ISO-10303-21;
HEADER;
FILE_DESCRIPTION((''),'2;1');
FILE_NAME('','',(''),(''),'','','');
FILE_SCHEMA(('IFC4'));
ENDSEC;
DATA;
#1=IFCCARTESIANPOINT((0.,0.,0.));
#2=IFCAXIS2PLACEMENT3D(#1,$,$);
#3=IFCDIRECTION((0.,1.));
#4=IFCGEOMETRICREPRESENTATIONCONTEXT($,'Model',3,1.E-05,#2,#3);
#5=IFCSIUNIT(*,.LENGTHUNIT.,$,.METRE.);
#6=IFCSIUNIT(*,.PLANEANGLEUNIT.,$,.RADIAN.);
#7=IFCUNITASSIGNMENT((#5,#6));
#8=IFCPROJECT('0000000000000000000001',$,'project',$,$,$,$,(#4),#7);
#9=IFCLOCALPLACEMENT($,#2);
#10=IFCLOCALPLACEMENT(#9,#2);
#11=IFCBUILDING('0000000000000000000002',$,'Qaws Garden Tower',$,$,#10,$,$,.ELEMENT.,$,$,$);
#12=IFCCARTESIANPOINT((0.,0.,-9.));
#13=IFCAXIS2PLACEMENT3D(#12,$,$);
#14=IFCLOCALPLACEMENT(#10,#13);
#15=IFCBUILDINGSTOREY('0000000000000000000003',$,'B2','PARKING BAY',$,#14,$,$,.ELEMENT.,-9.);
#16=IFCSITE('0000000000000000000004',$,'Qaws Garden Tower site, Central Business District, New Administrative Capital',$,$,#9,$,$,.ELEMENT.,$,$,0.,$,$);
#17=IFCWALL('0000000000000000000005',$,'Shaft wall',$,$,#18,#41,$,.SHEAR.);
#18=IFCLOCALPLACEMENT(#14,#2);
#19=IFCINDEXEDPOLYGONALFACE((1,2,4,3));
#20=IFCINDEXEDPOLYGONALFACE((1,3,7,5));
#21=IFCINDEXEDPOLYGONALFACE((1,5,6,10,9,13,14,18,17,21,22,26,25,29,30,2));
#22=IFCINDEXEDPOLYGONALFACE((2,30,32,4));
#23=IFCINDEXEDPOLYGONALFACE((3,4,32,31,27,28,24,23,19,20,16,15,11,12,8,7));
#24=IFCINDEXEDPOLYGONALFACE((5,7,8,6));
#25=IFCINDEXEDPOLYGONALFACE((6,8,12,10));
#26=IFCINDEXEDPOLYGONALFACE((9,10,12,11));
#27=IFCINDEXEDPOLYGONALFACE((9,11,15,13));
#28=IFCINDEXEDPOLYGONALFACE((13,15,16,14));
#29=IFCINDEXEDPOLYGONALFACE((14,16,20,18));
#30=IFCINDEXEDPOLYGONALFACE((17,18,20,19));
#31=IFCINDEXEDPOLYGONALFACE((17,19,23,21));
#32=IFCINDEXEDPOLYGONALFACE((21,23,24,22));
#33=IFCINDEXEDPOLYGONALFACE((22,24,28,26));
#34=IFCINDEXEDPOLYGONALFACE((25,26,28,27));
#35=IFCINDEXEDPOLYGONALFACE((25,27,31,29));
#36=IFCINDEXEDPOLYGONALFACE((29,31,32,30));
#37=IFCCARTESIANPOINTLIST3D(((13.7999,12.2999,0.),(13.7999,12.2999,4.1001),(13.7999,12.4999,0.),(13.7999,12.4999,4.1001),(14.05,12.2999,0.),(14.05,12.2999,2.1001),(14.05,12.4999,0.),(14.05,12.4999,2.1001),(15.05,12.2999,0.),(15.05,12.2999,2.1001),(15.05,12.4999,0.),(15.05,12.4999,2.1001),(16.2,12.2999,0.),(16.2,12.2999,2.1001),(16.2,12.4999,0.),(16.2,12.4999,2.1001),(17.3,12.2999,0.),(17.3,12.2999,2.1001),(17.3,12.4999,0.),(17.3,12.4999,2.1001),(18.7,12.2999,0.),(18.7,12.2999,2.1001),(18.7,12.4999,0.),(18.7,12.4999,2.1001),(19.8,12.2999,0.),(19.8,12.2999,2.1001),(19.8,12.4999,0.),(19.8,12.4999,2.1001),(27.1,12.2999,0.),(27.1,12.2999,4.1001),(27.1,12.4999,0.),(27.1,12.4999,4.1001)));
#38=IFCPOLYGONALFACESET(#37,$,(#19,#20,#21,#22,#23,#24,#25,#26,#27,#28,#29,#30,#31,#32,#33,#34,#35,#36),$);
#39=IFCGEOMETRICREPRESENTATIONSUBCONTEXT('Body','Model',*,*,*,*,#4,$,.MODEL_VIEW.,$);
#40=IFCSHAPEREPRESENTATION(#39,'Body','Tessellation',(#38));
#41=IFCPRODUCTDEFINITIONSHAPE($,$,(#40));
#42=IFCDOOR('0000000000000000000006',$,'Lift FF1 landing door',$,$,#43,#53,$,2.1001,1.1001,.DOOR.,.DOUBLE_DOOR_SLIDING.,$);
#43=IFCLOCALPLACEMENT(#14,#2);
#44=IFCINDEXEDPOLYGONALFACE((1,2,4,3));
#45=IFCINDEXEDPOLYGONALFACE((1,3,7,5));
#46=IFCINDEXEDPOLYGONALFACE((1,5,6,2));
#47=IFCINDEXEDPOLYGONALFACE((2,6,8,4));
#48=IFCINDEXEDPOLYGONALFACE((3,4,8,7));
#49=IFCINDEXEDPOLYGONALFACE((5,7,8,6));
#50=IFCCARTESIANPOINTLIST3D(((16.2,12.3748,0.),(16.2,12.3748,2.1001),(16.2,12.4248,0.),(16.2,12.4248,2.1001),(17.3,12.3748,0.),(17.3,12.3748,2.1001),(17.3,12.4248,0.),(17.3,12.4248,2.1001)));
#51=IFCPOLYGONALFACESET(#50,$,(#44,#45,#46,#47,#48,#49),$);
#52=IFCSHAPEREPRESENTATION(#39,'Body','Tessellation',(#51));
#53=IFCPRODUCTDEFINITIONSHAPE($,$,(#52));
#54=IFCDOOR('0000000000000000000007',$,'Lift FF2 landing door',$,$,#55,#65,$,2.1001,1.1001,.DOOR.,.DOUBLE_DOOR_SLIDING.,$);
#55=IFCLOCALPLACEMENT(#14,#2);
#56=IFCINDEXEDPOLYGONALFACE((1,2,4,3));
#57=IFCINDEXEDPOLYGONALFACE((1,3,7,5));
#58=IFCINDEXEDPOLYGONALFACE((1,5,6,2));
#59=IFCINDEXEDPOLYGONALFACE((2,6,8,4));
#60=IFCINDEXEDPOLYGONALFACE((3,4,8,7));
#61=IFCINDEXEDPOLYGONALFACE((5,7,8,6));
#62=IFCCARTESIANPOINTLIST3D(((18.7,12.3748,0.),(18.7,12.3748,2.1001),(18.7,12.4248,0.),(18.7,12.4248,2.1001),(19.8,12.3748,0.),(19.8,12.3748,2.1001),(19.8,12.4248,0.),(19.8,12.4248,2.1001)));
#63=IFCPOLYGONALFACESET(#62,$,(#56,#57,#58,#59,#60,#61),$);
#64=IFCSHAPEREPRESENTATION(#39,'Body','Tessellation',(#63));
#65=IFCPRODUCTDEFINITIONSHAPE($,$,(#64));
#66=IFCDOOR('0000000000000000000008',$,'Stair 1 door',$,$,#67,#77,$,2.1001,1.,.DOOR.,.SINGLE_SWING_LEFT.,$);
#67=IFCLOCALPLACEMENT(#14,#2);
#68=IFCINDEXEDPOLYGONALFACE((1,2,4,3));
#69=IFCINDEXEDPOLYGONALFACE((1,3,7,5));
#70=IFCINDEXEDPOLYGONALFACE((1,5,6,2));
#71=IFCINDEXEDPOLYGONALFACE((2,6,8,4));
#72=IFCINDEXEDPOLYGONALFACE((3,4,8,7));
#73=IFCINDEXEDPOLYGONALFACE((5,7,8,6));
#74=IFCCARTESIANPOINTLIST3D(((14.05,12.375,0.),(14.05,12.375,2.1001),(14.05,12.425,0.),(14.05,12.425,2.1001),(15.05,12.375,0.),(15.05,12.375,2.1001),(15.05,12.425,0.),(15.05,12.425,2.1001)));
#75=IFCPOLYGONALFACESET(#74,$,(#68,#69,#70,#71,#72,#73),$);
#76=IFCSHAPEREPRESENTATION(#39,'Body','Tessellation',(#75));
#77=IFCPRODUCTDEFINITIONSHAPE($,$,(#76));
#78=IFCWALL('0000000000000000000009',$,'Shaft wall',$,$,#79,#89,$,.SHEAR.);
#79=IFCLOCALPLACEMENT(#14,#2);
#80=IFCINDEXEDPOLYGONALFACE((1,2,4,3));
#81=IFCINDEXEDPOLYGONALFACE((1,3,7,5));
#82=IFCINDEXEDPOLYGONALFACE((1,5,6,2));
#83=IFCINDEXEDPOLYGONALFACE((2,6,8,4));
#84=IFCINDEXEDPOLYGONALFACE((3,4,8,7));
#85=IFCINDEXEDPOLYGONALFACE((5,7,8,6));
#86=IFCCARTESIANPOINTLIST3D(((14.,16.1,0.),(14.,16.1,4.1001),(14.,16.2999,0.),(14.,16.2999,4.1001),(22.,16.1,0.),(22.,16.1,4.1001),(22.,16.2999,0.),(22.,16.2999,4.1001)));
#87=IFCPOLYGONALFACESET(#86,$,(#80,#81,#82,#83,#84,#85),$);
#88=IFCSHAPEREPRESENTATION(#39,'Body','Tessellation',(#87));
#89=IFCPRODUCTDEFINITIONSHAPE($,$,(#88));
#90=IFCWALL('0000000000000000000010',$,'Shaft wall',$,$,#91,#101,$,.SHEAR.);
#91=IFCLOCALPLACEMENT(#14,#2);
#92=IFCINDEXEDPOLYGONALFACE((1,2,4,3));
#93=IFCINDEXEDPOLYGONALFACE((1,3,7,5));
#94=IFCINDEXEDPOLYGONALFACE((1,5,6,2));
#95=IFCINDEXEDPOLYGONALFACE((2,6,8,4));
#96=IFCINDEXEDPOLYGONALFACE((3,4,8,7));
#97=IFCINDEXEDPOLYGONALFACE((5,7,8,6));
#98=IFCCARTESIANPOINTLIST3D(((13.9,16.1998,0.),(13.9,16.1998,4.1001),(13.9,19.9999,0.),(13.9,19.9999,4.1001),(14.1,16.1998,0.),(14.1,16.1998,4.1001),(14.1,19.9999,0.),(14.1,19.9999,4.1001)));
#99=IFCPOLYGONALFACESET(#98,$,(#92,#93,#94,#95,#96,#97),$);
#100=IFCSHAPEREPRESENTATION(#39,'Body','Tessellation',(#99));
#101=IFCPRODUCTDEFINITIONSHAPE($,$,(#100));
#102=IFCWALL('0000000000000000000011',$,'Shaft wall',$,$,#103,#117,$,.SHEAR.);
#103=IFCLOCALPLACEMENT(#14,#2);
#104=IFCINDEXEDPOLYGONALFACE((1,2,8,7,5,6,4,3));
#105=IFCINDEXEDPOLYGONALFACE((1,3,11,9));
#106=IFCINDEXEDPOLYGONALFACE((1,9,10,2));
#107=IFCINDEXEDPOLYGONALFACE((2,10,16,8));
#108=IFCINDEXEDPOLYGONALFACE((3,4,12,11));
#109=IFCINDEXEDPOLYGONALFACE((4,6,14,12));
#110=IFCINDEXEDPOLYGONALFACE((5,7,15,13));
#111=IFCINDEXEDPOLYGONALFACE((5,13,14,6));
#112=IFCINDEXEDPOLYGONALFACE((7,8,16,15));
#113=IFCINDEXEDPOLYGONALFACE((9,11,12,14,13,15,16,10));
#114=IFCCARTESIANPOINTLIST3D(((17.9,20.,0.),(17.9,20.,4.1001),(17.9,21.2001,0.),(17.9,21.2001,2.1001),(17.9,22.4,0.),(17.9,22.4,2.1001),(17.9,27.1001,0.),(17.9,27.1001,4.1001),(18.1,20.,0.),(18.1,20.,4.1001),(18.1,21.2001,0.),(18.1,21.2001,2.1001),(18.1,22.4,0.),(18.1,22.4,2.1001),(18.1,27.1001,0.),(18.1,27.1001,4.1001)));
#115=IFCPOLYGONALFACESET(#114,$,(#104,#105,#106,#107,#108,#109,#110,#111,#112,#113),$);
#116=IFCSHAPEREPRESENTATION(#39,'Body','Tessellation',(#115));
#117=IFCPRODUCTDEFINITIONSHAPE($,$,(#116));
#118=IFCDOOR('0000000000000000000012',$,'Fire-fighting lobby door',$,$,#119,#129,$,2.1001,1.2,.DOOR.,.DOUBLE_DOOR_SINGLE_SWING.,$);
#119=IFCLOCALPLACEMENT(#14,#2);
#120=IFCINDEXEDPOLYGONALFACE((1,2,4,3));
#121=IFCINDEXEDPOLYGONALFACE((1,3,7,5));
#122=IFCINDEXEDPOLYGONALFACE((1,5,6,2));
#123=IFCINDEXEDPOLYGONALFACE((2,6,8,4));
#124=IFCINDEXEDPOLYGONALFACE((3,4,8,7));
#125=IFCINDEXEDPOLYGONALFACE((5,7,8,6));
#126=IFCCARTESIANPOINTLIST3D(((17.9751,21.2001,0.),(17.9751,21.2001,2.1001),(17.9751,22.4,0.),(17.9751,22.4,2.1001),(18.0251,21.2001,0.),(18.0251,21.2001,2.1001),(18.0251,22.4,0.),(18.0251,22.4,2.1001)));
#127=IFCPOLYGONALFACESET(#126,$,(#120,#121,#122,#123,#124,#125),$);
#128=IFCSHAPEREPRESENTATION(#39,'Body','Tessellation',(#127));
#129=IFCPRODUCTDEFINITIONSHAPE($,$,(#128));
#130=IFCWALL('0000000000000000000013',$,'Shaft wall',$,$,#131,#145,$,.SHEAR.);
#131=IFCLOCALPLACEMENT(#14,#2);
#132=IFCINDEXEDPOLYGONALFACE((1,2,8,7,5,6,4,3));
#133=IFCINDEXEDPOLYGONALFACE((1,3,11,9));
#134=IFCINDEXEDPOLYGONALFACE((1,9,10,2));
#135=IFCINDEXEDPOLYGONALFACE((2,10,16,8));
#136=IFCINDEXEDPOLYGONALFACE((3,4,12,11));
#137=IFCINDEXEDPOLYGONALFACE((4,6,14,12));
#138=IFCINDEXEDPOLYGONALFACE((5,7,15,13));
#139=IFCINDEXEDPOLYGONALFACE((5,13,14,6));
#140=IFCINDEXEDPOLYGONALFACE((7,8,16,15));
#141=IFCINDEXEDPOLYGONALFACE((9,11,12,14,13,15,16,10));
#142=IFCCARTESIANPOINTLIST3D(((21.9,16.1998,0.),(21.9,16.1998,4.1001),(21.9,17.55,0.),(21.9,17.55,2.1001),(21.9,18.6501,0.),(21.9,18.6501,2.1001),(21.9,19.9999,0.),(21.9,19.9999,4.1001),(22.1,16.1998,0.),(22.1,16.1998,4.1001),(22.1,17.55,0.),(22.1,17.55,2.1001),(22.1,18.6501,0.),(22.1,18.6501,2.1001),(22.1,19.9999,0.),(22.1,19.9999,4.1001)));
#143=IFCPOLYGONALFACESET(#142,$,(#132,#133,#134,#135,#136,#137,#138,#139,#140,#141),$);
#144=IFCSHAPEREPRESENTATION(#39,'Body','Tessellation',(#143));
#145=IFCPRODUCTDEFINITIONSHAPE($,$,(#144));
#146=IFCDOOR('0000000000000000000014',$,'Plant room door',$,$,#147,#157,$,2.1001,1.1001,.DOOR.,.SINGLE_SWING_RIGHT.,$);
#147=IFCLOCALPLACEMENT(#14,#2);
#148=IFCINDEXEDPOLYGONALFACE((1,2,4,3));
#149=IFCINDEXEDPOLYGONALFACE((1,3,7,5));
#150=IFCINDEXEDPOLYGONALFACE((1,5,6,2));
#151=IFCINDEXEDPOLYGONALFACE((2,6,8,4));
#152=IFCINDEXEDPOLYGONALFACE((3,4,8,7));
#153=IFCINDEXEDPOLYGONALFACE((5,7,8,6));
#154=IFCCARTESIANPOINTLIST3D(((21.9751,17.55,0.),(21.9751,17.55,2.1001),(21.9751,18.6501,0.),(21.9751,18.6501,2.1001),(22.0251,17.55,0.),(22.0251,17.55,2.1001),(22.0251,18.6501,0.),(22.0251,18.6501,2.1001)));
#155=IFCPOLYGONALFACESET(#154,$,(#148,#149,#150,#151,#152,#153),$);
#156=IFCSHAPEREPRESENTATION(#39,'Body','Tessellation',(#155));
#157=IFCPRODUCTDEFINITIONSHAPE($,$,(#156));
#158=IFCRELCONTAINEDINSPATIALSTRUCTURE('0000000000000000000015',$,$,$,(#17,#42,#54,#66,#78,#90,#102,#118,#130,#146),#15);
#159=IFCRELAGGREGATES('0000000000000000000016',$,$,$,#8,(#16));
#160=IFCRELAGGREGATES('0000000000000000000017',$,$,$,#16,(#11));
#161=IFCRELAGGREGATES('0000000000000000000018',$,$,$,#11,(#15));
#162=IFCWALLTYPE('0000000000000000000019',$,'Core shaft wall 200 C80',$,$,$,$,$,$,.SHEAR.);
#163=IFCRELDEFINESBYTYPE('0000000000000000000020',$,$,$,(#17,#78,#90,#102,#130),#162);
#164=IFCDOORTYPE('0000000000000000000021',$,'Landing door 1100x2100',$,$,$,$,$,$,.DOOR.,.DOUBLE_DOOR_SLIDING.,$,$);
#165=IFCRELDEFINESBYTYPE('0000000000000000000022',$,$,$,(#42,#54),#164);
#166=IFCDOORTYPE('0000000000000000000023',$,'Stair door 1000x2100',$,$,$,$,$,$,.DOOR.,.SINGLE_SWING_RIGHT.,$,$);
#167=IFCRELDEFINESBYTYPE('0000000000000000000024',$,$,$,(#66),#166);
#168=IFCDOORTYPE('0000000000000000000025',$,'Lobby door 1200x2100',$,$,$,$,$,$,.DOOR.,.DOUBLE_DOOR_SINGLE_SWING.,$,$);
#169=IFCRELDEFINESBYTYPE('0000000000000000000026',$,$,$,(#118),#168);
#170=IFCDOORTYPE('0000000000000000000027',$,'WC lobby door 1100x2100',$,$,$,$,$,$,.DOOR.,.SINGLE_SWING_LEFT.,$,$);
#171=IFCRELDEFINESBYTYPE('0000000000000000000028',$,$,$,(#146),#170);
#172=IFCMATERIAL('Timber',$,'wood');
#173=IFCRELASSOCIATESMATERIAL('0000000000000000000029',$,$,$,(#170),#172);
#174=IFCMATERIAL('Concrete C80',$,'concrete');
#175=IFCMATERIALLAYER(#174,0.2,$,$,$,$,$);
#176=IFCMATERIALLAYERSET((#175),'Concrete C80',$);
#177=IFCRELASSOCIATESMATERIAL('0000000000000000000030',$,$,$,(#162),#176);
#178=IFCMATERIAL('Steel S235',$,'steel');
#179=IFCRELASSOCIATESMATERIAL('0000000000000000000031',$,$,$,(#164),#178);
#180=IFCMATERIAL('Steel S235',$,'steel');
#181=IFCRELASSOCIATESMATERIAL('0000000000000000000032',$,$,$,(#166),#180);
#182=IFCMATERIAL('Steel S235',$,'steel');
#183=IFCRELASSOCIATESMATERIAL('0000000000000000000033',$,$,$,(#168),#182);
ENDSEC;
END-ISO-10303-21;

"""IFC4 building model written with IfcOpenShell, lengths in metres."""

from ifc_helpers import new_model, si_unit, direction, frame, frame_2d, origin, place, context, subcontext, project, spatial, rectangle, extrude, material, layer, layer_set, type_object, element, fill, save


model = new_model("IFC4")

# Units and contexts
model_context = context("Model", 3, precision=1e-05, world=origin(), true_north=direction((0.0, 1.0)))
body_context = subcontext(model_context, "Body", "Model", "MODEL_VIEW")
ifc_project = project(units=[si_unit("LENGTHUNIT", "METRE"), si_unit("PLANEANGLEUNIT", "RADIAN")], contexts=[model_context])

# Site, building, storey
site_placement = place(None, origin())
site = spatial("IfcSite", under=ifc_project, at=site_placement, Name="Qaws Garden Tower site, Central Business District, New Administrative Capital", CompositionType="ELEMENT", RefElevation=0.0)
building_placement = place(site_placement, origin())
building = spatial("IfcBuilding", under=site, at=building_placement, Name="Qaws Garden Tower", CompositionType="ELEMENT")
storey_placement = place(building_placement, frame((0.0, 0.0, -9.0)))
storey = spatial("IfcBuildingStorey", under=building, at=storey_placement, Name="B2", Description="PARKING BAY", CompositionType="ELEMENT", Elevation=-9.0)

# Shared definitions
ifc_material_1 = material(Name="Timber", Category="wood")
door_type_1 = type_object("IfcDoorType", Name="WC lobby door 1100x2100", OperationType="SINGLE_SWING_LEFT", PredefinedType="DOOR", material=ifc_material_1)

# Wall, openings, doors
ifc_material_2 = material(Name="Concrete C80", Category="concrete")
ifc_layer_1 = layer(ifc_material_2, 0.2)
ifc_layer_set_1 = layer_set([ifc_layer_1], Name="Concrete C80")
wall_type_1 = type_object("IfcWallType", Name="Core shaft wall 200 C80", PredefinedType="SHEAR", material=ifc_layer_set_1)
wall_1_placement = place(storey_placement, frame((13.8, 12.3999, 0.0), z_axis=(0.0, 0.0, 1.0), x_axis=(1.0, 0.0, 0.0)))
wall_1 = element("IfcWall", 1, at=wall_1_placement, inside=storey, type_object=wall_type_1, Name="Shaft wall", PredefinedType="SHEAR", context=body_context, shape_type="SweptSolid", body=[
    extrude(rectangle(XDim=13.3, YDim=0.2, at=frame_2d((6.6499, 0.0))), origin(), (0.0, 0.0, 1.0), 4.1001),
])
opening_1_placement = place(wall_1_placement, frame((2.3999, 0.0, 0.0)))
opening_1 = element("IfcOpeningElement", 2, at=opening_1_placement, cuts=wall_1, PredefinedType="OPENING", context=body_context, shape_type="SweptSolid", body=[
    extrude(rectangle(XDim=1.1001, YDim=2.1001, at=frame_2d((0.55, 1.05))), frame((0.0, 0.1099, 0.0), z_axis=(0.0, -1.0, 0.0), x_axis=(1.0, 0.0, 0.0)), (0.0, 0.0, 1.0), 0.22),
])
opening_2_placement = place(wall_1_placement, frame((4.8999, 0.0, 0.0)))
opening_2 = element("IfcOpeningElement", 3, at=opening_2_placement, cuts=wall_1, PredefinedType="OPENING", context=body_context, shape_type="SweptSolid", body=[
    extrude(rectangle(XDim=1.1001, YDim=2.1001, at=frame_2d((0.55, 1.05))), frame((0.0, 0.1099, 0.0), z_axis=(0.0, -1.0, 0.0), x_axis=(1.0, 0.0, 0.0)), (0.0, 0.0, 1.0), 0.22),
])
opening_3_placement = place(wall_1_placement, frame((0.25, 0.0, 0.0)))
opening_3 = element("IfcOpeningElement", 4, at=opening_3_placement, cuts=wall_1, PredefinedType="OPENING", context=body_context, shape_type="SweptSolid", body=[
    extrude(rectangle(XDim=1.0, YDim=2.1001, at=frame_2d((0.5, 1.05))), frame((0.0, 0.1099, 0.0), z_axis=(0.0, -1.0, 0.0), x_axis=(1.0, 0.0, 0.0)), (0.0, 0.0, 1.0), 0.22),
])
ifc_material_3 = material(Name="Steel S235", Category="steel")
door_type_2 = type_object("IfcDoorType", Name="Landing door 1100x2100", OperationType="DOUBLE_DOOR_SLIDING", PredefinedType="DOOR", material=ifc_material_3)
door_1_placement = place(opening_1_placement, origin())
door_1 = element("IfcDoor", 5, at=door_1_placement, inside=storey, type_object=door_type_2, Name="Lift FF1 landing door", OperationType="DOUBLE_DOOR_SLIDING", OverallHeight=2.1001, OverallWidth=1.1001, PredefinedType="DOOR", context=body_context, shape_type="SweptSolid", body=[
    extrude(rectangle(XDim=1.1001, YDim=2.1001, at=frame_2d((0.55, 1.05))), frame((0.0, 0.0249, 0.0), z_axis=(0.0, -1.0, 0.0), x_axis=(1.0, 0.0, 0.0)), (0.0, 0.0, 1.0), 0.05),
])
fill(opening_1, door_1)
door_2_placement = place(opening_2_placement, origin())
door_2 = element("IfcDoor", 6, at=door_2_placement, inside=storey, type_object=door_type_2, Name="Lift FF2 landing door", OperationType="DOUBLE_DOOR_SLIDING", OverallHeight=2.1001, OverallWidth=1.1001, PredefinedType="DOOR", context=body_context, shape_type="SweptSolid", body=[
    extrude(rectangle(XDim=1.1001, YDim=2.1001, at=frame_2d((0.55, 1.05))), frame((0.0, 0.0249, 0.0), z_axis=(0.0, -1.0, 0.0), x_axis=(1.0, 0.0, 0.0)), (0.0, 0.0, 1.0), 0.05),
])
fill(opening_2, door_2)
ifc_material_4 = material(Name="Steel S235", Category="steel")
door_type_3 = type_object("IfcDoorType", Name="Stair door 1000x2100", OperationType="SINGLE_SWING_RIGHT", PredefinedType="DOOR", material=ifc_material_4)
door_3_placement = place(opening_3_placement, frame((1.0, 0.0, 0.0), z_axis=(0.0, 0.0, 1.0), x_axis=(-1.0, 0.0, 0.0)))
door_3 = element("IfcDoor", 7, at=door_3_placement, inside=storey, type_object=door_type_3, Name="Stair 1 door", OperationType="SINGLE_SWING_LEFT", OverallHeight=2.1001, OverallWidth=1.0, PredefinedType="DOOR", context=body_context, shape_type="SweptSolid", body=[
    extrude(rectangle(XDim=1.0, YDim=2.1001, at=frame_2d((0.5, 1.05))), frame((0.0, 0.0249, 0.0), z_axis=(0.0, -1.0, 0.0), x_axis=(1.0, 0.0, 0.0)), (0.0, 0.0, 1.0), 0.05),
])
fill(opening_3, door_3)

# Walls
wall_2_placement = place(storey_placement, frame((14.0, 16.2, 0.0), z_axis=(0.0, 0.0, 1.0), x_axis=(1.0, 0.0, 0.0)))
element("IfcWall", 8, at=wall_2_placement, inside=storey, type_object=wall_type_1, Name="Shaft wall", PredefinedType="SHEAR", context=body_context, shape_type="SweptSolid", body=[
    extrude(rectangle(XDim=8.0, YDim=0.2, at=frame_2d((4.0, 0.0))), origin(), (0.0, 0.0, 1.0), 4.1001),
])
wall_3_placement = place(storey_placement, frame((14.0, 16.2, 0.0), z_axis=(0.0, 0.0, 1.0), x_axis=(0.0, 1.0, 0.0)))
element("IfcWall", 9, at=wall_3_placement, inside=storey, type_object=wall_type_1, Name="Shaft wall", PredefinedType="SHEAR", context=body_context, shape_type="SweptSolid", body=[
    extrude(rectangle(XDim=3.8, YDim=0.2, at=frame_2d((1.8999, 0.0))), origin(), (0.0, 0.0, 1.0), 4.1001),
])

# Walls, openings, doors
wall_4_placement = place(storey_placement, frame((18.0, 20.0, 0.0), z_axis=(0.0, 0.0, 1.0), x_axis=(0.0, 1.0, 0.0)))
wall_4 = element("IfcWall", 10, at=wall_4_placement, inside=storey, type_object=wall_type_1, Name="Shaft wall", PredefinedType="SHEAR", context=body_context, shape_type="SweptSolid", body=[
    extrude(rectangle(XDim=7.1001, YDim=0.2, at=frame_2d((3.55, 0.0))), origin(), (0.0, 0.0, 1.0), 4.1001),
])
opening_4_placement = place(wall_4_placement, frame((1.2, 0.0, 0.0)))
opening_4 = element("IfcOpeningElement", 11, at=opening_4_placement, cuts=wall_4, PredefinedType="OPENING", context=body_context, shape_type="SweptSolid", body=[
    extrude(rectangle(XDim=1.2, YDim=2.1001, at=frame_2d((0.6001, 1.05))), frame((0.0, 0.1099, 0.0), z_axis=(0.0, -1.0, 0.0), x_axis=(1.0, 0.0, 0.0)), (0.0, 0.0, 1.0), 0.22),
])
ifc_material_5 = material(Name="Steel S235", Category="steel")
door_type_4 = type_object("IfcDoorType", Name="Lobby door 1200x2100", OperationType="DOUBLE_DOOR_SINGLE_SWING", PredefinedType="DOOR", material=ifc_material_5)
door_4_placement = place(opening_4_placement, origin())
door_4 = element("IfcDoor", 12, at=door_4_placement, inside=storey, type_object=door_type_4, Name="Fire-fighting lobby door", OperationType="DOUBLE_DOOR_SINGLE_SWING", OverallHeight=2.1001, OverallWidth=1.2, PredefinedType="DOOR", context=body_context, shape_type="SweptSolid", body=[
    extrude(rectangle(XDim=1.2, YDim=2.1001, at=frame_2d((0.6001, 1.05))), frame((0.0, 0.0249, 0.0), z_axis=(0.0, -1.0, 0.0), x_axis=(1.0, 0.0, 0.0)), (0.0, 0.0, 1.0), 0.05),
])
fill(opening_4, door_4)
wall_5_placement = place(storey_placement, frame((22.0, 16.2, 0.0), z_axis=(0.0, 0.0, 1.0), x_axis=(0.0, 1.0, 0.0)))
wall_5 = element("IfcWall", 13, at=wall_5_placement, inside=storey, type_object=wall_type_1, Name="Shaft wall", PredefinedType="SHEAR", context=body_context, shape_type="SweptSolid", body=[
    extrude(rectangle(XDim=3.8, YDim=0.2, at=frame_2d((1.8999, 0.0))), origin(), (0.0, 0.0, 1.0), 4.1001),
])
opening_5_placement = place(wall_5_placement, frame((1.3501, 0.0, 0.0)))
opening_5 = element("IfcOpeningElement", 14, at=opening_5_placement, cuts=wall_5, PredefinedType="OPENING", context=body_context, shape_type="SweptSolid", body=[
    extrude(rectangle(XDim=1.1001, YDim=2.1001, at=frame_2d((0.55, 1.05))), frame((0.0, 0.1099, 0.0), z_axis=(0.0, -1.0, 0.0), x_axis=(1.0, 0.0, 0.0)), (0.0, 0.0, 1.0), 0.22),
])
door_5_placement = place(opening_5_placement, origin())
door_5 = element("IfcDoor", 15, at=door_5_placement, inside=storey, type_object=door_type_1, Name="Plant room door", OperationType="SINGLE_SWING_RIGHT", OverallHeight=2.1001, OverallWidth=1.1001, PredefinedType="DOOR", context=body_context, shape_type="SweptSolid", body=[
    extrude(rectangle(XDim=1.1001, YDim=2.1001, at=frame_2d((0.55, 1.05))), frame((0.0, 0.0249, 0.0), z_axis=(0.0, -1.0, 0.0), x_axis=(1.0, 0.0, 0.0)), (0.0, 0.0, 1.0), 0.05),
])
fill(opening_5, door_5)

save(model, "model.ifc")
